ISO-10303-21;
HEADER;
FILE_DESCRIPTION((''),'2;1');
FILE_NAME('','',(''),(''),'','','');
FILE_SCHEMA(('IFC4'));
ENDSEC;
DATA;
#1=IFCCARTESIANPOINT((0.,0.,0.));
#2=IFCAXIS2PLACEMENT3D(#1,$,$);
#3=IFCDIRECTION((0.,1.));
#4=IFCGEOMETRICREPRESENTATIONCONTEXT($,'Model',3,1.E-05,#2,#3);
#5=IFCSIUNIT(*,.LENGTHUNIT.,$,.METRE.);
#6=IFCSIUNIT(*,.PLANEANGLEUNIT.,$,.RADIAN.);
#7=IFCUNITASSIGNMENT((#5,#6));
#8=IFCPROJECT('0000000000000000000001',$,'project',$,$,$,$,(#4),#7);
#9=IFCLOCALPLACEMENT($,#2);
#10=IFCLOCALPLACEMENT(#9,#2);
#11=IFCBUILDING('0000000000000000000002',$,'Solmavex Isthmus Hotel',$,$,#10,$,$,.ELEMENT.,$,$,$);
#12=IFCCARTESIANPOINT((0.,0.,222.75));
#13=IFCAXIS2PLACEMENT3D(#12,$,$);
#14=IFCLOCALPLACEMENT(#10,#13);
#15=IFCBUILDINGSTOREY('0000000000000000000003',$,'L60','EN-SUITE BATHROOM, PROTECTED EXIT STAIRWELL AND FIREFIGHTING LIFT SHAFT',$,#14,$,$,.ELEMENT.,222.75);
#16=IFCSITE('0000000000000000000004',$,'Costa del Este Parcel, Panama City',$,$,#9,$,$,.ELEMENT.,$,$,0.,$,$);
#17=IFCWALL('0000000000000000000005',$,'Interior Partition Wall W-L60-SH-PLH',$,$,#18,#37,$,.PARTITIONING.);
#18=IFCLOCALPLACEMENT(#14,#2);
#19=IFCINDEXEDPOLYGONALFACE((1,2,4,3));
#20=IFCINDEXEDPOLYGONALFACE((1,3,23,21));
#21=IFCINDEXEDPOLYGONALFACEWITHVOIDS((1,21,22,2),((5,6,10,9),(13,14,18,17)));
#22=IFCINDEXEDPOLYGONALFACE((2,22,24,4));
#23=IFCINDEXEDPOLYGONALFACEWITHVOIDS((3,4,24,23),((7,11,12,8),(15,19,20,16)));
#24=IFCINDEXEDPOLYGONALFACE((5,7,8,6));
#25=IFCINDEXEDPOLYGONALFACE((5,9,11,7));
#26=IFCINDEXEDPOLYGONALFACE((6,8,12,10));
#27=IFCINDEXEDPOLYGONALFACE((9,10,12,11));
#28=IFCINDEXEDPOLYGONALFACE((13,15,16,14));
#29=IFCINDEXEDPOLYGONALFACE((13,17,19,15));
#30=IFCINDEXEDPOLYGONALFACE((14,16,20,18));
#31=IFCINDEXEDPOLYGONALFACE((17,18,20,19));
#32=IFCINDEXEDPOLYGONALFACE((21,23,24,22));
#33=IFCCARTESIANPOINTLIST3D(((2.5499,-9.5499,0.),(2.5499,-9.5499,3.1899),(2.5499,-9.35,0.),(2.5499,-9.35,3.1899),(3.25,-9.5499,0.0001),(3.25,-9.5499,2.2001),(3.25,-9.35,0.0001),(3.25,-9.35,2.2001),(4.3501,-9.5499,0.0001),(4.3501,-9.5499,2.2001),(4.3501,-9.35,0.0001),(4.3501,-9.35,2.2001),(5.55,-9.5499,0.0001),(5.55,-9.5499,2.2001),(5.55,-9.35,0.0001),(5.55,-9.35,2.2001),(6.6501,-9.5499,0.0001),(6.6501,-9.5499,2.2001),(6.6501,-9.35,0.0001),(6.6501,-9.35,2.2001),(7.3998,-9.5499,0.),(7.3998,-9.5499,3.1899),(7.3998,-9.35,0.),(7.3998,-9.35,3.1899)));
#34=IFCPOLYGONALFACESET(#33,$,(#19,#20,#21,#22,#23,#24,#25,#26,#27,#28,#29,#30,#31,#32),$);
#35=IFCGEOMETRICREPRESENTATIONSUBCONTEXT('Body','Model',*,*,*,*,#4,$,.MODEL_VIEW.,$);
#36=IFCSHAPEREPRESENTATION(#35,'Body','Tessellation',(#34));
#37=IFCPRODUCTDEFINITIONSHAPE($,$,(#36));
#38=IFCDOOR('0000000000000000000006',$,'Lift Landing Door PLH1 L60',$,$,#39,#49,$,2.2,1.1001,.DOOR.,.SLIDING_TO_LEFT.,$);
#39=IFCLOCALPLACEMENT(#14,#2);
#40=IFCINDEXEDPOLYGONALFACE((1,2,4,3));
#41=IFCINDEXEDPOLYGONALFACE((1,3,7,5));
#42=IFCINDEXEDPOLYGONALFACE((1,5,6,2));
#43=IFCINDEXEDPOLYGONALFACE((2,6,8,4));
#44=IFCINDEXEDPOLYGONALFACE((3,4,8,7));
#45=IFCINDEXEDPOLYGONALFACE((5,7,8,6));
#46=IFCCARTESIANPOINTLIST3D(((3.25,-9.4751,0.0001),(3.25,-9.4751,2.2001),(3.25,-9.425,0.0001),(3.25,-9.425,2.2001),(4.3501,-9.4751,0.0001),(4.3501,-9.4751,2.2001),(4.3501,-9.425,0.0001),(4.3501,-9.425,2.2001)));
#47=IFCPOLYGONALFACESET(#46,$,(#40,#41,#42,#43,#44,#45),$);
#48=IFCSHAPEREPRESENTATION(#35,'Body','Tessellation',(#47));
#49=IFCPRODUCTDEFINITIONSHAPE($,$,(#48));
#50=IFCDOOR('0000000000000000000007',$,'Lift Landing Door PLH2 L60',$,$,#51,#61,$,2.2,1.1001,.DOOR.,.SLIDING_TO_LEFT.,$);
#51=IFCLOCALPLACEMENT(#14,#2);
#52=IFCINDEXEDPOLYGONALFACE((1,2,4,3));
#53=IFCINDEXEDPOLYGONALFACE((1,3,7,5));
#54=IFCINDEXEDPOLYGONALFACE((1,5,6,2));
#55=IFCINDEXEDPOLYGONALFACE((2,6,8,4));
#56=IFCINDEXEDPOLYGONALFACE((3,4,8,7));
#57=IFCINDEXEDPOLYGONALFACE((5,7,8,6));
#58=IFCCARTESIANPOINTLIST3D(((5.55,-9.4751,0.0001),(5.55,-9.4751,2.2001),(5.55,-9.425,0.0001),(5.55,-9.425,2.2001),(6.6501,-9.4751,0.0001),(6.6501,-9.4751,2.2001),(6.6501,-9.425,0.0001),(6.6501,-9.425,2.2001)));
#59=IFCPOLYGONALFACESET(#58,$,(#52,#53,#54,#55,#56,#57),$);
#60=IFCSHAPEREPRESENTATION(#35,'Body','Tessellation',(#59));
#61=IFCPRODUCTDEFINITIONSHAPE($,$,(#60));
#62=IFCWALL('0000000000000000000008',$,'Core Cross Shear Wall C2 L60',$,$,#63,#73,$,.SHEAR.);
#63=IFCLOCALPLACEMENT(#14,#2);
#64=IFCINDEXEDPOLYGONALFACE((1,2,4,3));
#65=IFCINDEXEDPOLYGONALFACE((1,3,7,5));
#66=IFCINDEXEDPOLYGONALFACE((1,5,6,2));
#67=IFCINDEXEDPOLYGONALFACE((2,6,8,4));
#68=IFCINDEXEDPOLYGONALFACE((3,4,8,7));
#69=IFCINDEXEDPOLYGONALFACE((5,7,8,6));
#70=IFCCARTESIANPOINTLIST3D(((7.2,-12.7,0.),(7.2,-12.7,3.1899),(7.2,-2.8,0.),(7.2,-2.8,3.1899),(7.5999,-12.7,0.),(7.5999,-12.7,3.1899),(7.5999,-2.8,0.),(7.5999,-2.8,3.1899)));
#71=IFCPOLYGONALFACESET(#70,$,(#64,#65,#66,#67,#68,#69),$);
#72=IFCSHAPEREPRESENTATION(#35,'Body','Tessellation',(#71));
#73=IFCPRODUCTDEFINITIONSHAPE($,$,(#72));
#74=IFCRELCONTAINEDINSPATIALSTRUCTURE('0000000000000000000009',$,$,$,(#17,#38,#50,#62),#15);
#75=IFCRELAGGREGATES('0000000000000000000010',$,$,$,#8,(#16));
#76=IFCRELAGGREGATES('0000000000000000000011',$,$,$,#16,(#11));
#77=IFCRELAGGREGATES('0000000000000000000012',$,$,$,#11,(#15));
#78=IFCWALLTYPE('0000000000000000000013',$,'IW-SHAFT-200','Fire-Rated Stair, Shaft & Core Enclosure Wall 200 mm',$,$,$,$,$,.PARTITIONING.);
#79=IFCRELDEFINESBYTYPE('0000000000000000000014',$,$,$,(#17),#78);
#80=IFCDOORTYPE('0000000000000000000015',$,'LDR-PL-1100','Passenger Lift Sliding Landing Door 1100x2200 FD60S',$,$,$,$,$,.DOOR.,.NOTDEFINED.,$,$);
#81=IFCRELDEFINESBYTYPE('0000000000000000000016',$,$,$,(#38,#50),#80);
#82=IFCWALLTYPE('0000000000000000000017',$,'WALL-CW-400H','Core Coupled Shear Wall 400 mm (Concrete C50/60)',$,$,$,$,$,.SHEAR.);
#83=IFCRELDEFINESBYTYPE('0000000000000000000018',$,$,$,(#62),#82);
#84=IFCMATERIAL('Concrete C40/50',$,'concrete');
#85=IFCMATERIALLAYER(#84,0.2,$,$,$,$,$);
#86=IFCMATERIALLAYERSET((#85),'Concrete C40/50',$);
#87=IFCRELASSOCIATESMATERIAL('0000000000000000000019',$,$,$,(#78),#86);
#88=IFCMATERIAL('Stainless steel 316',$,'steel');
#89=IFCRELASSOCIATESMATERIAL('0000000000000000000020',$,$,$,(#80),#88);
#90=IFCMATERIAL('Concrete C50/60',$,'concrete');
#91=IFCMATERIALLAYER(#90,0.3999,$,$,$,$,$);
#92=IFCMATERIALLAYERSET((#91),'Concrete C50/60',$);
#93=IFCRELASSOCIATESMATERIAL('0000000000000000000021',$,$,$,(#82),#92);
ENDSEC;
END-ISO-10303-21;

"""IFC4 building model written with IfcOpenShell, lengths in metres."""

from ifc_helpers import new_model, si_unit, direction, frame, frame_2d, origin, place, context, subcontext, project, spatial, rectangle, extrude, material, layer, layer_set, type_object, element, fill, save


model = new_model("IFC4")

# Units and contexts
model_context = context("Model", 3, precision=1e-05, world=origin(), true_north=direction((0.0, 1.0)))
body_context = subcontext(model_context, "Body", "Model", "MODEL_VIEW")
ifc_project = project(units=[si_unit("LENGTHUNIT", "METRE"), si_unit("PLANEANGLEUNIT", "RADIAN")], contexts=[model_context])

# Site, building, storey
site_placement = place(None, origin())
site = spatial("IfcSite", under=ifc_project, at=site_placement, Name="Costa del Este Parcel, Panama City", CompositionType="ELEMENT", RefElevation=0.0)
building_placement = place(site_placement, origin())
building = spatial("IfcBuilding", under=site, at=building_placement, Name="Solmavex Isthmus Hotel", CompositionType="ELEMENT")
storey_placement = place(building_placement, frame((0.0, 0.0, 222.75)))
storey = spatial("IfcBuildingStorey", under=building, at=storey_placement, Name="L60", Description="EN-SUITE BATHROOM, PROTECTED EXIT STAIRWELL AND FIREFIGHTING LIFT SHAFT", CompositionType="ELEMENT", Elevation=222.75)

# Shared definitions
ifc_material_1 = material(Name="Concrete C50/60", Category="concrete")

# Shared definitions
ifc_material_2 = material(Name="Concrete C40/50", Category="concrete")

# Wall, openings, doors
ifc_layer_1 = layer(ifc_material_2, 0.2)
ifc_layer_set_1 = layer_set([ifc_layer_1], Name="Concrete C40/50")
wall_type_1 = type_object("IfcWallType", Name="IW-SHAFT-200", Description="Fire-Rated Stair, Shaft & Core Enclosure Wall 200 mm", PredefinedType="PARTITIONING", material=ifc_layer_set_1)
ifc_material_3 = material(Name="Stainless steel 316", Category="steel")
wall_1_placement = place(storey_placement, frame((2.55, -9.45, 0.0), z_axis=(0.0, 0.0, 1.0), x_axis=(1.0, 0.0, 0.0)))
wall_1 = element("IfcWall", 1, at=wall_1_placement, inside=storey, type_object=wall_type_1, Name="Interior Partition Wall W-L60-SH-PLH", PredefinedType="PARTITIONING", context=body_context, shape_type="SweptSolid", body=[
    extrude(rectangle(XDim=4.8499, YDim=0.2, at=frame_2d((2.4248, 0.0))), origin(), (0.0, 0.0, 1.0), 3.1899),
])
opening_1_placement = place(wall_1_placement, frame((0.7, 0.0, 0.0)))
opening_1 = element("IfcOpeningElement", 2, at=opening_1_placement, cuts=wall_1, PredefinedType="OPENING", context=body_context, shape_type="SweptSolid", body=[
    extrude(rectangle(XDim=1.1001, YDim=2.2, at=frame_2d((0.55, 1.1001))), frame((0.0, 0.1099, 0.0), z_axis=(0.0, -1.0, 0.0), x_axis=(1.0, 0.0, 0.0)), (0.0, 0.0, 1.0), 0.22),
])
opening_2_placement = place(wall_1_placement, frame((3.0, 0.0, 0.0)))
opening_2 = element("IfcOpeningElement", 3, at=opening_2_placement, cuts=wall_1, PredefinedType="OPENING", context=body_context, shape_type="SweptSolid", body=[
    extrude(rectangle(XDim=1.1001, YDim=2.2, at=frame_2d((0.55, 1.1001))), frame((0.0, 0.1099, 0.0), z_axis=(0.0, -1.0, 0.0), x_axis=(1.0, 0.0, 0.0)), (0.0, 0.0, 1.0), 0.22),
])
door_type_1 = type_object("IfcDoorType", Name="LDR-PL-1100", Description="Passenger Lift Sliding Landing Door 1100x2200 FD60S", OperationType="NOTDEFINED", PredefinedType="DOOR", material=ifc_material_3)
door_1_placement = place(opening_1_placement, origin())
door_1 = element("IfcDoor", 4, at=door_1_placement, inside=storey, type_object=door_type_1, Name="Lift Landing Door PLH1 L60", OperationType="SLIDING_TO_LEFT", OverallHeight=2.2, OverallWidth=1.1001, PredefinedType="DOOR", context=body_context, shape_type="SweptSolid", body=[
    extrude(rectangle(XDim=1.1001, YDim=2.2, at=frame_2d((0.55, 1.1001))), frame((0.0, 0.0249, 0.0), z_axis=(0.0, -1.0, 0.0), x_axis=(1.0, 0.0, 0.0)), (0.0, 0.0, 1.0), 0.05),
])
fill(opening_1, door_1)
door_2_placement = place(opening_2_placement, origin())
door_2 = element("IfcDoor", 5, at=door_2_placement, inside=storey, type_object=door_type_1, Name="Lift Landing Door PLH2 L60", OperationType="SLIDING_TO_LEFT", OverallHeight=2.2, OverallWidth=1.1001, PredefinedType="DOOR", context=body_context, shape_type="SweptSolid", body=[
    extrude(rectangle(XDim=1.1001, YDim=2.2, at=frame_2d((0.55, 1.1001))), frame((0.0, 0.0249, 0.0), z_axis=(0.0, -1.0, 0.0), x_axis=(1.0, 0.0, 0.0)), (0.0, 0.0, 1.0), 0.05),
])
fill(opening_2, door_2)

# Wall
ifc_layer_2 = layer(ifc_material_1, 0.3999)
ifc_layer_set_2 = layer_set([ifc_layer_2], Name="Concrete C50/60")
wall_type_2 = type_object("IfcWallType", Name="WALL-CW-400H", Description="Core Coupled Shear Wall 400 mm (Concrete C50/60)", PredefinedType="SHEAR", material=ifc_layer_set_2)
wall_2_placement = place(storey_placement, frame((7.3999, -12.7, 0.0), z_axis=(0.0, 0.0, 1.0), x_axis=(0.0, 1.0, 0.0)))
element("IfcWall", 6, at=wall_2_placement, inside=storey, type_object=wall_type_2, Name="Core Cross Shear Wall C2 L60", PredefinedType="SHEAR", context=body_context, shape_type="SweptSolid", body=[
    extrude(rectangle(XDim=9.8999, YDim=0.3999, at=frame_2d((4.95, 0.0))), origin(), (0.0, 0.0, 1.0), 3.1899),
])

save(model, "model.ifc")
